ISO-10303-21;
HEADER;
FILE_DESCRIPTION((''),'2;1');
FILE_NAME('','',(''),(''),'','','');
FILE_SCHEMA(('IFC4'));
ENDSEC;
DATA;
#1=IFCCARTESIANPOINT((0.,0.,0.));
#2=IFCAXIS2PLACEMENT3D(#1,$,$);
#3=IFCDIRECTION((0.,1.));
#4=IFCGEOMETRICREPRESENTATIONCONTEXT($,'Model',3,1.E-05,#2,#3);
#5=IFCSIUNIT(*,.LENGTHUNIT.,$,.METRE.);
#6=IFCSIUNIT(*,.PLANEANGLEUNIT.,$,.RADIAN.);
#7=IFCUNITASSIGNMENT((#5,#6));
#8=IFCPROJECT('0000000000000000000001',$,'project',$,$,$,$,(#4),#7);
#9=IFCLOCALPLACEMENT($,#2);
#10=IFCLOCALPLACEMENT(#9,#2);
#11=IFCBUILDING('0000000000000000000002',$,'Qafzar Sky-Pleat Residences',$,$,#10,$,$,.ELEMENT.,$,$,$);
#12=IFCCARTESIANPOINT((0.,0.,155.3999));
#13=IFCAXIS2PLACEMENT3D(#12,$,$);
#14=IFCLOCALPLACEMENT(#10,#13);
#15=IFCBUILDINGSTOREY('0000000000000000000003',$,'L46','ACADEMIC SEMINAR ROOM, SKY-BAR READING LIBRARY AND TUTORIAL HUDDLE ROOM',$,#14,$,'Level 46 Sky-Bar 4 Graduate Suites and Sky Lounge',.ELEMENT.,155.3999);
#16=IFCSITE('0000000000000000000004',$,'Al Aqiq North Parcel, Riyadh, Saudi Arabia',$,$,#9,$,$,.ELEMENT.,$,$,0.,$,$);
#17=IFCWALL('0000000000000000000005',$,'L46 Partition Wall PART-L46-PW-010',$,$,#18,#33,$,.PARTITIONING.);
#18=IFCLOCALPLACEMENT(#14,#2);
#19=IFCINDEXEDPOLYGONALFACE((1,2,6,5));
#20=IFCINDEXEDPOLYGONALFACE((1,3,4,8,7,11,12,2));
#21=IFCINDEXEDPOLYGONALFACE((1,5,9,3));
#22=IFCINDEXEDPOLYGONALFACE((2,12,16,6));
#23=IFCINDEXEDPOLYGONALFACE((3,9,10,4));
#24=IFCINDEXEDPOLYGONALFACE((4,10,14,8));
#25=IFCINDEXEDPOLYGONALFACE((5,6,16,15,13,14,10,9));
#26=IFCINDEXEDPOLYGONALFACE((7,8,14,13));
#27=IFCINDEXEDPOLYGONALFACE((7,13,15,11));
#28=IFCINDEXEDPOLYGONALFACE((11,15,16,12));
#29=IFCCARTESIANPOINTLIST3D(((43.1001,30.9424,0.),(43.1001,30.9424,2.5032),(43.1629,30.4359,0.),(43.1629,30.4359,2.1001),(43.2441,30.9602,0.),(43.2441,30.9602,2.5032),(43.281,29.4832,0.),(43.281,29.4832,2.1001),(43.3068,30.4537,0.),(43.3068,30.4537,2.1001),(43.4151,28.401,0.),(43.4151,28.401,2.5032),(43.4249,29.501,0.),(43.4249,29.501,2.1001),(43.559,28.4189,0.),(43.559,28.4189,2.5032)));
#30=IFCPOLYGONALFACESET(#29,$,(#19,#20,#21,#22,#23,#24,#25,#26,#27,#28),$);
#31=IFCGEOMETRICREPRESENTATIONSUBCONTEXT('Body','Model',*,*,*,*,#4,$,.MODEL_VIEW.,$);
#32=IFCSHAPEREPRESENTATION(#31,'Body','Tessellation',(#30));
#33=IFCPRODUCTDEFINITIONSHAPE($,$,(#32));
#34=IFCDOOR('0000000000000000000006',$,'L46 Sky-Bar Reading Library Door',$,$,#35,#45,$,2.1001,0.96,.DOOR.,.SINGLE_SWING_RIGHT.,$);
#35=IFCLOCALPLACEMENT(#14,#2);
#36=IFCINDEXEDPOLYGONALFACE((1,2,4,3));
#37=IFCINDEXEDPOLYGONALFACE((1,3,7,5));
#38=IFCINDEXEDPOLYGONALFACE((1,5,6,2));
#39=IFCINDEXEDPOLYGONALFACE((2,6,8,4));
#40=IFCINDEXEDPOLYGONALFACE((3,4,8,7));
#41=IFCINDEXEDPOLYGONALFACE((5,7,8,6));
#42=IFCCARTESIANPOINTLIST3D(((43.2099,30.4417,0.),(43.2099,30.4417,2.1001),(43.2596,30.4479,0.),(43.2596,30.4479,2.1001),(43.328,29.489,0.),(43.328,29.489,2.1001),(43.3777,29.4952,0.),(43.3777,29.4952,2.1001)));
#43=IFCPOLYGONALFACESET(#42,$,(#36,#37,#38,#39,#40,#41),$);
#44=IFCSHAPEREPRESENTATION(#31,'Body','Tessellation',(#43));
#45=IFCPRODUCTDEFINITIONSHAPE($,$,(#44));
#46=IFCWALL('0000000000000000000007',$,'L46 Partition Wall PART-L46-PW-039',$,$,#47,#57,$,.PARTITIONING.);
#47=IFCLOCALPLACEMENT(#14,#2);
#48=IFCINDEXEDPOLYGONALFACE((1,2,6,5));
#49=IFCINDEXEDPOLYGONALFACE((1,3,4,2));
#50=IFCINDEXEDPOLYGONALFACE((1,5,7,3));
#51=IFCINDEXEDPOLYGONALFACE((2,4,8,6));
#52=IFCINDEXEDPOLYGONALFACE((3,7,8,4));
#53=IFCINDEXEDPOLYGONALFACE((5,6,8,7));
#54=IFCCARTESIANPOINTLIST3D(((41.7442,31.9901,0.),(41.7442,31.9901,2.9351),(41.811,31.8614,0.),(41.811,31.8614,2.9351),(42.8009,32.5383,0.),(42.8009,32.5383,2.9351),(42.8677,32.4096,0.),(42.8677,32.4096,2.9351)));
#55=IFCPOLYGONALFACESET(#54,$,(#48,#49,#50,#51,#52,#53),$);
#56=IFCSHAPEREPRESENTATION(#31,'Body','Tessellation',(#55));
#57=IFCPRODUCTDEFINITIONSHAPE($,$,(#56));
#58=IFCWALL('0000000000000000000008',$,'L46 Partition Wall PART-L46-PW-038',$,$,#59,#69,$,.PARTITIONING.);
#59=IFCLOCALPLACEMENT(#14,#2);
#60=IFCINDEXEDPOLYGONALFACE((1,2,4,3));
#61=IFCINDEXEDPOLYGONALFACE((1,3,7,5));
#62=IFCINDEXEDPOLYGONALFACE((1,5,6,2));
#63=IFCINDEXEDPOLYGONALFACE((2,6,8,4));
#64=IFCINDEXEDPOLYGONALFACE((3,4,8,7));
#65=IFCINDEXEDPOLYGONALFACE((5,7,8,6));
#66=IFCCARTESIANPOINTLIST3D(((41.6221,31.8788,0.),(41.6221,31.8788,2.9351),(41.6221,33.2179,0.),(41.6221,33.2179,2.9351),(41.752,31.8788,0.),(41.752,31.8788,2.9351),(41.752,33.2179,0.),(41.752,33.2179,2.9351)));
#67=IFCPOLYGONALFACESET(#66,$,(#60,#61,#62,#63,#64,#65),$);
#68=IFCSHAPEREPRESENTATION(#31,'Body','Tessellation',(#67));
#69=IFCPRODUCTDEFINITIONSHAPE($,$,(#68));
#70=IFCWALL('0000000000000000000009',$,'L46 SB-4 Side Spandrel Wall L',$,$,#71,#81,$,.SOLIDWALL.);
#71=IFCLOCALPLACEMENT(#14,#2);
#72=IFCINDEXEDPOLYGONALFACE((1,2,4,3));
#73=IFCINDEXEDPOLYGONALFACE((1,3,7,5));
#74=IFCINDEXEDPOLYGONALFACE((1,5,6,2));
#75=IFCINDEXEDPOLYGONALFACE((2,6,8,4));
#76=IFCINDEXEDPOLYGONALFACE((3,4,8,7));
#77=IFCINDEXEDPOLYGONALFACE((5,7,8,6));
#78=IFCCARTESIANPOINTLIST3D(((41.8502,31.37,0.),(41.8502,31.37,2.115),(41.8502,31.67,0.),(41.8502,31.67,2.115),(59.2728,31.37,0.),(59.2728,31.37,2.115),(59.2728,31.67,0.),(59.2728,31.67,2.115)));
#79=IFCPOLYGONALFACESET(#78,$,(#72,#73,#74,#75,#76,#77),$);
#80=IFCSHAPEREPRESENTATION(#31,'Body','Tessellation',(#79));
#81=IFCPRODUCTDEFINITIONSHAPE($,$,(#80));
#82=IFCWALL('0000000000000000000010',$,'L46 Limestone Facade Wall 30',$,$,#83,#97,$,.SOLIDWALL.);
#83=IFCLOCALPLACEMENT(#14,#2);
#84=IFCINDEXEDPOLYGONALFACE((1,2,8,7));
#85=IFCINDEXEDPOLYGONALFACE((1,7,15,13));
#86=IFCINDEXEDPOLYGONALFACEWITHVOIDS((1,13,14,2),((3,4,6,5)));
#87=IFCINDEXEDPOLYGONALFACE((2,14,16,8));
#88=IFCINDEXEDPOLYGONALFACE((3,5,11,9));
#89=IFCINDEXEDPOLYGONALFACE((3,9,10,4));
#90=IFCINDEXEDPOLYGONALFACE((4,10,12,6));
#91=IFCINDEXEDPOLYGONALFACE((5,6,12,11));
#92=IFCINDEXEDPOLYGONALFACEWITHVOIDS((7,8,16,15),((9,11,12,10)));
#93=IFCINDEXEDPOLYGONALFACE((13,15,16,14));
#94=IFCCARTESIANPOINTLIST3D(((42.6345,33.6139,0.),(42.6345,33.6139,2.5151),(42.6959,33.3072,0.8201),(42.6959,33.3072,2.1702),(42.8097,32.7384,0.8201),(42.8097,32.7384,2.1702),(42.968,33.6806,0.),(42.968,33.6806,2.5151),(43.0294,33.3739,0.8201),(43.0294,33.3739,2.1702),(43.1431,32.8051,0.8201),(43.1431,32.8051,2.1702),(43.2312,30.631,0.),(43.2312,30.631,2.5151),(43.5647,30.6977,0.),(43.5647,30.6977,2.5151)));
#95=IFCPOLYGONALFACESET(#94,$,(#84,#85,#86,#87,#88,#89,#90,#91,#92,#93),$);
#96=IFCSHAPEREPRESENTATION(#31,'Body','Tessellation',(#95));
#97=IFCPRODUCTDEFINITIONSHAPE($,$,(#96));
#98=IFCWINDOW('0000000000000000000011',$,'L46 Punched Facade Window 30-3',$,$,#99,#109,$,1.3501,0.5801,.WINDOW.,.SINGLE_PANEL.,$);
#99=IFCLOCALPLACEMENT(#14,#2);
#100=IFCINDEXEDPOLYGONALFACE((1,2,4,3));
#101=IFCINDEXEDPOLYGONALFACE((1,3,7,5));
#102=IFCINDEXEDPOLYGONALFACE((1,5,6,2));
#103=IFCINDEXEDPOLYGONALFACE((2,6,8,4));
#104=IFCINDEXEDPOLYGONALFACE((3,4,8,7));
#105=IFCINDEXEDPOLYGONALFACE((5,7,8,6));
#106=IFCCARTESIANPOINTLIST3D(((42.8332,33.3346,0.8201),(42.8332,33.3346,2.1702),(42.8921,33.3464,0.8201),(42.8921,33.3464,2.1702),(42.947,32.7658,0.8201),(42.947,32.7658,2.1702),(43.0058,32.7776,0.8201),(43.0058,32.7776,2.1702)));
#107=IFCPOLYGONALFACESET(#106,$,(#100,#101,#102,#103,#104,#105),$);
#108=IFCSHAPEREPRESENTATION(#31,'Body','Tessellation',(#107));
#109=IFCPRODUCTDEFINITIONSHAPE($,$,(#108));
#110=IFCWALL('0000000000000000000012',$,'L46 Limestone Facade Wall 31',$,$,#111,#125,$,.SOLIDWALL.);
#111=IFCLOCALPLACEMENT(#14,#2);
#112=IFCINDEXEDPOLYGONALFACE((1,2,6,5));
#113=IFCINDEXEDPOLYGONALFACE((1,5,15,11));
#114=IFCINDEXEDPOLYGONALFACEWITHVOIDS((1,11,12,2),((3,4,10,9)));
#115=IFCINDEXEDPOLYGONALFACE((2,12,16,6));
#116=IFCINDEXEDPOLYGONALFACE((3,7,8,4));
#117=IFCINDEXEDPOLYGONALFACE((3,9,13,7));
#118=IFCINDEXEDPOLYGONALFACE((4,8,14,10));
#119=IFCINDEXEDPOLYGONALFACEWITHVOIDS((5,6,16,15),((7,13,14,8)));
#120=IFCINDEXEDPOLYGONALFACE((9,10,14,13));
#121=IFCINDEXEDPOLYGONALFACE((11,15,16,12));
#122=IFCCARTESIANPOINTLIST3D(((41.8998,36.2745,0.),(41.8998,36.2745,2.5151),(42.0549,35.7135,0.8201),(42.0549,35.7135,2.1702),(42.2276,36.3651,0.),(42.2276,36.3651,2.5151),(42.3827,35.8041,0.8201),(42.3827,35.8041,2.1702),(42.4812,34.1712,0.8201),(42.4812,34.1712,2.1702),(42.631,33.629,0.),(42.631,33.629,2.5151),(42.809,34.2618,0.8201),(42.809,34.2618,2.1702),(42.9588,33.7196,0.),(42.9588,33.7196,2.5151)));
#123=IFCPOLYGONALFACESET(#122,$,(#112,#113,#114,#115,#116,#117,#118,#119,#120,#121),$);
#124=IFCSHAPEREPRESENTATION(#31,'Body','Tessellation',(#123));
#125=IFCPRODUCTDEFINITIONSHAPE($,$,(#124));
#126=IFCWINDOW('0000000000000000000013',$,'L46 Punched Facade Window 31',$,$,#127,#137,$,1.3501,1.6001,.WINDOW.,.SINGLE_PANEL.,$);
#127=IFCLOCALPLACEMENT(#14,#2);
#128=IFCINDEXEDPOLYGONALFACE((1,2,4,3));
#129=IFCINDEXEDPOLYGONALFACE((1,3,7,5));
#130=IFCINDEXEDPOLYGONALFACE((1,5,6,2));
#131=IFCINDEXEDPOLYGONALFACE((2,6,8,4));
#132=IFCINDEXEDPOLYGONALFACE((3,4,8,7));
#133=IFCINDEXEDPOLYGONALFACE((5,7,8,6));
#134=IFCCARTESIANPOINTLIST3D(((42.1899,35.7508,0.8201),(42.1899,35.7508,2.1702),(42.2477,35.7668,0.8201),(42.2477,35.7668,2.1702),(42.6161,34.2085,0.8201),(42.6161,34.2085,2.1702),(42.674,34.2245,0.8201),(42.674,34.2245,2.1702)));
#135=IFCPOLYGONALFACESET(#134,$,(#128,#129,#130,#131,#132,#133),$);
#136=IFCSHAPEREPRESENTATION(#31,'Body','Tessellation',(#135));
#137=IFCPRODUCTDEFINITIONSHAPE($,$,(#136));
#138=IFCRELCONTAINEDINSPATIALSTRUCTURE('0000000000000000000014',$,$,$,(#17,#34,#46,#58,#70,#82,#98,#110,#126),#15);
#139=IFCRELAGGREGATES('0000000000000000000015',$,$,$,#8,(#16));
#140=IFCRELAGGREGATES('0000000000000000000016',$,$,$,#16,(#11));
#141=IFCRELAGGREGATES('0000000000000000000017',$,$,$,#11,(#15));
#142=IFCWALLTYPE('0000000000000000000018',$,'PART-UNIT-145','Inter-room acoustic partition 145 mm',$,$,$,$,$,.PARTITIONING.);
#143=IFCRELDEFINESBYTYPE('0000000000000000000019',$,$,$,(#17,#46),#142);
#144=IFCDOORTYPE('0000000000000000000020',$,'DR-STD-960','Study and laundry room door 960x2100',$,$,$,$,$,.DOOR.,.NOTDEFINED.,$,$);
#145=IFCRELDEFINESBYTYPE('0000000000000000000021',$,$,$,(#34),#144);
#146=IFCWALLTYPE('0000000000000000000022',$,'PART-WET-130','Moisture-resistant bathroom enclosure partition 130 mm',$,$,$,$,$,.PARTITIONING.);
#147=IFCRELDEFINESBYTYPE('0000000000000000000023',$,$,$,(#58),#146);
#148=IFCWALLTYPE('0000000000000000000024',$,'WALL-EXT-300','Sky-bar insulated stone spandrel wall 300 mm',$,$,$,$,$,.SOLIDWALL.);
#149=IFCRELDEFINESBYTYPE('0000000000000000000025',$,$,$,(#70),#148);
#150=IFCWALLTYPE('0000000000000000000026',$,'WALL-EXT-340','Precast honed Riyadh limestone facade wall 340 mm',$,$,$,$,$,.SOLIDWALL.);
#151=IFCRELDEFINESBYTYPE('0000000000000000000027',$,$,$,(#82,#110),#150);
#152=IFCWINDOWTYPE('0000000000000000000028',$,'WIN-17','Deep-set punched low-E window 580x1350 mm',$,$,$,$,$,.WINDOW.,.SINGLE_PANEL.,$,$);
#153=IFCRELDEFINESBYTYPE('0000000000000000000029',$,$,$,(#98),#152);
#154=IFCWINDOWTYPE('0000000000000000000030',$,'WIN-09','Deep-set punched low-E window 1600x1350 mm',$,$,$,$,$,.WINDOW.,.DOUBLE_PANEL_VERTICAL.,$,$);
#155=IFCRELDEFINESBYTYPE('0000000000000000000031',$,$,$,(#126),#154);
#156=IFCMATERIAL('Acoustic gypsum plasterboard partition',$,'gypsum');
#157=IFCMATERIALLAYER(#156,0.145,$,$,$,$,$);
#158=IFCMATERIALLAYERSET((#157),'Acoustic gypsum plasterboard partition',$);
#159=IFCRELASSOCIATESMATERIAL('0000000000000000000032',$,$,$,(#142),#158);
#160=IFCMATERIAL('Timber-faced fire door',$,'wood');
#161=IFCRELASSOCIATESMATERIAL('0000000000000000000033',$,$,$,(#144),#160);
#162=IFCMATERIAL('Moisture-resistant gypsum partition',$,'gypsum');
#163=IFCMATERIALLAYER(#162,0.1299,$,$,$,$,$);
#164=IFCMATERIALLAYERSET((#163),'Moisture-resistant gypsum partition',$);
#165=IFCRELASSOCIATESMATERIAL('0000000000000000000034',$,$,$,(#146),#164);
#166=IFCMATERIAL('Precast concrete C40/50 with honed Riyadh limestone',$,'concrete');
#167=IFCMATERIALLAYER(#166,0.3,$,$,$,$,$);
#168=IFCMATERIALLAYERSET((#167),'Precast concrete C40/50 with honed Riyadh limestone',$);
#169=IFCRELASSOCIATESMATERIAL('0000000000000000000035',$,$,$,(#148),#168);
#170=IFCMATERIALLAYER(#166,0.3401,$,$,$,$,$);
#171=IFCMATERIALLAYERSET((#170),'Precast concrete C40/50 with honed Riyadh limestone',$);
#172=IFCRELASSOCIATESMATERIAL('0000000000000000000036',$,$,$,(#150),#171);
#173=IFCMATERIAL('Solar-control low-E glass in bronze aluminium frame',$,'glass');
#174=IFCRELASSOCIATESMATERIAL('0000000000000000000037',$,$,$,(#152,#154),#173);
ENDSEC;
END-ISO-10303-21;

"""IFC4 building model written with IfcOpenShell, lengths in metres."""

from ifc_helpers import new_model, si_unit, direction, frame, frame_2d, origin, place, context, subcontext, project, spatial, rectangle, extrude, source, transform, mapped, material, layer, layer_set, type_object, element, fill, save


model = new_model("IFC4")

# Units and contexts
model_context = context("Model", 3, precision=1e-05, world=origin(), true_north=direction((0.0, 1.0)))
body_context = subcontext(model_context, "Body", "Model", "MODEL_VIEW")
ifc_project = project(units=[si_unit("LENGTHUNIT", "METRE"), si_unit("PLANEANGLEUNIT", "RADIAN")], contexts=[model_context])

# Site, building, storey
site_placement = place(None, origin())
site = spatial("IfcSite", under=ifc_project, at=site_placement, Name="Al Aqiq North Parcel, Riyadh, Saudi Arabia", CompositionType="ELEMENT", RefElevation=0.0)
building_placement = place(site_placement, origin())
building = spatial("IfcBuilding", under=site, at=building_placement, Name="Qafzar Sky-Pleat Residences", CompositionType="ELEMENT")
storey_placement = place(building_placement, frame((0.0, 0.0, 155.3999)))
storey = spatial("IfcBuildingStorey", under=building, at=storey_placement, Name="L46", Description="ACADEMIC SEMINAR ROOM, SKY-BAR READING LIBRARY AND TUTORIAL HUDDLE ROOM", LongName="Level 46 Sky-Bar 4 Graduate Suites and Sky Lounge", CompositionType="ELEMENT", Elevation=155.3999)

# Wall, opening, door
ifc_material_1 = material(Name="Acoustic gypsum plasterboard partition", Category="gypsum")
ifc_layer_1 = layer(ifc_material_1, 0.145)
ifc_layer_set_1 = layer_set([ifc_layer_1], Name="Acoustic gypsum plasterboard partition")
wall_type_1 = type_object("IfcWallType", Name="PART-UNIT-145", Description="Inter-room acoustic partition 145 mm", PredefinedType="PARTITIONING", material=ifc_layer_set_1)
wall_1_placement = place(storey_placement, frame((43.1721, 30.9512, 0.0), z_axis=(0.0, 0.0, 1.0), x_axis=(0.12299, -0.992408, 0.0)))
wall_1 = element("IfcWall", 1, at=wall_1_placement, inside=storey, type_object=wall_type_1, Name="L46 Partition Wall PART-L46-PW-010", PredefinedType="PARTITIONING", context=body_context, shape_type="SweptSolid", body=[
    extrude(rectangle(XDim=2.5608, YDim=0.145, at=frame_2d((1.2803, 0.0))), origin(), (0.0, 0.0, 1.0), 2.5032),
])
opening_1_placement = place(wall_1_placement, frame((0.5103, 0.0, 0.0)))
opening_1 = element("IfcOpeningElement", 2, at=opening_1_placement, cuts=wall_1, PredefinedType="OPENING", context=body_context, shape_type="SweptSolid", body=[
    extrude(rectangle(XDim=0.96, YDim=2.1001, at=frame_2d((0.48, 1.05))), frame((0.0, 0.0825, 0.0), z_axis=(0.0, -1.0, 0.0), x_axis=(1.0, 0.0, 0.0)), (0.0, 0.0, 1.0), 0.165),
])
ifc_material_2 = material(Name="Timber-faced fire door", Category="wood")
door_type = type_object("IfcDoorType", Name="DR-STD-960", Description="Study and laundry room door 960x2100", OperationType="NOTDEFINED", PredefinedType="DOOR", material=ifc_material_2)
shared_shape_1 = source(origin(), body_context, "Body", "SweptSolid", [
    extrude(rectangle(XDim=0.96, YDim=2.1001, at=frame_2d((0.48, 1.05))), frame((0.0, 0.0249, 0.0), z_axis=(0.0, -1.0, 0.0), x_axis=(1.0, 0.0, 0.0)), (0.0, 0.0, 1.0), 0.05),
])
door_placement = place(opening_1_placement, origin())
door = element("IfcDoor", 3, at=door_placement, inside=storey, type_object=door_type, Name="L46 Sky-Bar Reading Library Door", OperationType="SINGLE_SWING_RIGHT", OverallHeight=2.1001, OverallWidth=0.96, PredefinedType="DOOR", context=body_context, shape_type="MappedRepresentation", body=[
    mapped(shared_shape_1, transform((0.0, 0.0, 0.0), x_axis=(1.0, 0.0, 0.0), y_axis=(0.0, 1.0, 0.0), z_axis=(0.0, 0.0, 1.0), scale=1.0)),
])
fill(opening_1, door)

# Walls
wall_2_placement = place(storey_placement, frame((41.7776, 31.9258, 0.0), z_axis=(0.0, 0.0, 1.0), x_axis=(0.887683, 0.460455, 0.0)))
element("IfcWall", 4, at=wall_2_placement, inside=storey, type_object=wall_type_1, Name="L46 Partition Wall PART-L46-PW-039", PredefinedType="PARTITIONING", context=body_context, shape_type="SweptSolid", body=[
    extrude(rectangle(XDim=1.1904, YDim=0.145, at=frame_2d((0.5952, 0.0))), origin(), (0.0, 0.0, 1.0), 2.9351),
])
ifc_material_3 = material(Name="Moisture-resistant gypsum partition", Category="gypsum")
ifc_layer_2 = layer(ifc_material_3, 0.1299)
ifc_layer_set_2 = layer_set([ifc_layer_2], Name="Moisture-resistant gypsum partition")
wall_type_2 = type_object("IfcWallType", Name="PART-WET-130", Description="Moisture-resistant bathroom enclosure partition 130 mm", PredefinedType="PARTITIONING", material=ifc_layer_set_2)
wall_3_placement = place(storey_placement, frame((41.687, 31.8789, 0.0), z_axis=(0.0, 0.0, 1.0), x_axis=(0.0, 1.0, 0.0)))
element("IfcWall", 5, at=wall_3_placement, inside=storey, type_object=wall_type_2, Name="L46 Partition Wall PART-L46-PW-038", PredefinedType="PARTITIONING", context=body_context, shape_type="SweptSolid", body=[
    extrude(rectangle(XDim=1.3391, YDim=0.1299, at=frame_2d((0.6694, 0.0))), origin(), (0.0, 0.0, 1.0), 2.9351),
])
ifc_material_4 = material(Name="Precast concrete C40/50 with honed Riyadh limestone", Category="concrete")
ifc_layer_3 = layer(ifc_material_4, 0.3)
ifc_layer_set_3 = layer_set([ifc_layer_3], Name="Precast concrete C40/50 with honed Riyadh limestone")
wall_type_3 = type_object("IfcWallType", Name="WALL-EXT-300", Description="Sky-bar insulated stone spandrel wall 300 mm", PredefinedType="SOLIDWALL", material=ifc_layer_set_3)
wall_4_placement = place(storey_placement, frame((41.8501, 31.52, 0.0), z_axis=(0.0, 0.0, 1.0), x_axis=(1.0, 0.0, 0.0)))
element("IfcWall", 6, at=wall_4_placement, inside=storey, type_object=wall_type_3, Name="L46 SB-4 Side Spandrel Wall L", PredefinedType="SOLIDWALL", context=body_context, shape_type="SweptSolid", body=[
    extrude(rectangle(XDim=17.4226, YDim=0.3, at=frame_2d((8.7114, 0.0))), origin(), (0.0, 0.0, 1.0), 2.115),
])

# Walls, openings, windows
ifc_layer_4 = layer(ifc_material_4, 0.3401)
ifc_layer_set_4 = layer_set([ifc_layer_4], Name="Precast concrete C40/50 with honed Riyadh limestone")
wall_type_4 = type_object("IfcWallType", Name="WALL-EXT-340", Description="Precast honed Riyadh limestone facade wall 340 mm", PredefinedType="SOLIDWALL", material=ifc_layer_set_4)
wall_5_placement = place(storey_placement, frame((43.3979, 30.6643, 0.0), z_axis=(0.0, 0.0, 1.0), x_axis=(-0.196147, 0.980575, 0.0)))
wall_5 = element("IfcWall", 7, at=wall_5_placement, inside=storey, type_object=wall_type_4, Name="L46 Limestone Facade Wall 30", PredefinedType="SOLIDWALL", context=body_context, shape_type="SweptSolid", body=[
    extrude(rectangle(XDim=3.042, YDim=0.3401, at=frame_2d((1.521, 0.0))), origin(), (0.0, 0.0, 1.0), 2.5151),
])
opening_2_placement = place(wall_5_placement, frame((2.1492, 0.0, 0.8201)))
opening_2 = element("IfcOpeningElement", 8, at=opening_2_placement, cuts=wall_5, PredefinedType="OPENING", context=body_context, shape_type="SweptSolid", body=[
    extrude(rectangle(XDim=0.5801, YDim=1.3501, at=frame_2d((0.29, 0.675))), frame((0.0, 0.1802, 0.0), z_axis=(0.0, -1.0, 0.0), x_axis=(1.0, 0.0, 0.0)), (0.0, 0.0, 1.0), 0.3601),
])
ifc_material_5 = material(Name="Solar-control low-E glass in bronze aluminium frame", Category="glass")
window_type_1 = type_object("IfcWindowType", Name="WIN-17", Description="Deep-set punched low-E window 580x1350 mm", PartitioningType="SINGLE_PANEL", PredefinedType="WINDOW", material=ifc_material_5)
shared_shape_2 = source(origin(), body_context, "Body", "SweptSolid", [
    extrude(rectangle(XDim=0.5801, YDim=1.3501, at=frame_2d((0.29, 0.675))), frame((0.0, 0.03, 0.0), z_axis=(0.0, -1.0, 0.0), x_axis=(1.0, 0.0, 0.0)), (0.0, 0.0, 1.0), 0.0601),
])
window_1_placement = place(opening_2_placement, origin())
window_1 = element("IfcWindow", 9, at=window_1_placement, inside=storey, type_object=window_type_1, Name="L46 Punched Facade Window 30-3", OverallHeight=1.3501, OverallWidth=0.5801, PartitioningType="SINGLE_PANEL", PredefinedType="WINDOW", context=body_context, shape_type="MappedRepresentation", body=[
    mapped(shared_shape_2, transform((0.0, 0.0, 0.0), x_axis=(1.0, 0.0, 0.0), y_axis=(0.0, 1.0, 0.0), z_axis=(0.0, 0.0, 1.0), scale=1.0)),
])
fill(opening_2, window_1)
wall_6_placement = place(storey_placement, frame((42.7949, 33.6743, 0.0), z_axis=(0.0, 0.0, 1.0), x_axis=(-0.266405, 0.963861, 0.0)))
wall_6 = element("IfcWall", 10, at=wall_6_placement, inside=storey, type_object=wall_type_4, Name="L46 Limestone Facade Wall 31", PredefinedType="SOLIDWALL", context=body_context, shape_type="SweptSolid", body=[
    extrude(rectangle(XDim=2.7446, YDim=0.3401, at=frame_2d((1.3723, 0.0))), origin(), (0.0, 0.0, 1.0), 2.5151),
])
opening_3_placement = place(wall_6_placement, frame((0.5625, 0.0, 0.8201)))
opening_3 = element("IfcOpeningElement", 11, at=opening_3_placement, cuts=wall_6, PredefinedType="OPENING", context=body_context, shape_type="SweptSolid", body=[
    extrude(rectangle(XDim=1.6001, YDim=1.3501, at=frame_2d((0.8, 0.675))), frame((0.0, 0.1802, 0.0), z_axis=(0.0, -1.0, 0.0), x_axis=(1.0, 0.0, 0.0)), (0.0, 0.0, 1.0), 0.3601),
])
window_type_2 = type_object("IfcWindowType", Name="WIN-09", Description="Deep-set punched low-E window 1600x1350 mm", PartitioningType="DOUBLE_PANEL_VERTICAL", PredefinedType="WINDOW", material=ifc_material_5)
shared_shape_3 = source(origin(), body_context, "Body", "SweptSolid", [
    extrude(rectangle(XDim=1.6001, YDim=1.3501, at=frame_2d((0.8, 0.675))), frame((0.0, 0.03, 0.0), z_axis=(0.0, -1.0, 0.0), x_axis=(1.0, 0.0, 0.0)), (0.0, 0.0, 1.0), 0.0601),
])
window_2_placement = place(opening_3_placement, origin())
window_2 = element("IfcWindow", 12, at=window_2_placement, inside=storey, type_object=window_type_2, Name="L46 Punched Facade Window 31", OverallHeight=1.3501, OverallWidth=1.6001, PartitioningType="SINGLE_PANEL", PredefinedType="WINDOW", context=body_context, shape_type="MappedRepresentation", body=[
    mapped(shared_shape_3, transform((0.0, 0.0, 0.0), x_axis=(1.0, 0.0, 0.0), y_axis=(0.0, 1.0, 0.0), z_axis=(0.0, 0.0, 1.0), scale=1.0)),
])
fill(opening_3, window_2)

save(model, "model.ifc")
